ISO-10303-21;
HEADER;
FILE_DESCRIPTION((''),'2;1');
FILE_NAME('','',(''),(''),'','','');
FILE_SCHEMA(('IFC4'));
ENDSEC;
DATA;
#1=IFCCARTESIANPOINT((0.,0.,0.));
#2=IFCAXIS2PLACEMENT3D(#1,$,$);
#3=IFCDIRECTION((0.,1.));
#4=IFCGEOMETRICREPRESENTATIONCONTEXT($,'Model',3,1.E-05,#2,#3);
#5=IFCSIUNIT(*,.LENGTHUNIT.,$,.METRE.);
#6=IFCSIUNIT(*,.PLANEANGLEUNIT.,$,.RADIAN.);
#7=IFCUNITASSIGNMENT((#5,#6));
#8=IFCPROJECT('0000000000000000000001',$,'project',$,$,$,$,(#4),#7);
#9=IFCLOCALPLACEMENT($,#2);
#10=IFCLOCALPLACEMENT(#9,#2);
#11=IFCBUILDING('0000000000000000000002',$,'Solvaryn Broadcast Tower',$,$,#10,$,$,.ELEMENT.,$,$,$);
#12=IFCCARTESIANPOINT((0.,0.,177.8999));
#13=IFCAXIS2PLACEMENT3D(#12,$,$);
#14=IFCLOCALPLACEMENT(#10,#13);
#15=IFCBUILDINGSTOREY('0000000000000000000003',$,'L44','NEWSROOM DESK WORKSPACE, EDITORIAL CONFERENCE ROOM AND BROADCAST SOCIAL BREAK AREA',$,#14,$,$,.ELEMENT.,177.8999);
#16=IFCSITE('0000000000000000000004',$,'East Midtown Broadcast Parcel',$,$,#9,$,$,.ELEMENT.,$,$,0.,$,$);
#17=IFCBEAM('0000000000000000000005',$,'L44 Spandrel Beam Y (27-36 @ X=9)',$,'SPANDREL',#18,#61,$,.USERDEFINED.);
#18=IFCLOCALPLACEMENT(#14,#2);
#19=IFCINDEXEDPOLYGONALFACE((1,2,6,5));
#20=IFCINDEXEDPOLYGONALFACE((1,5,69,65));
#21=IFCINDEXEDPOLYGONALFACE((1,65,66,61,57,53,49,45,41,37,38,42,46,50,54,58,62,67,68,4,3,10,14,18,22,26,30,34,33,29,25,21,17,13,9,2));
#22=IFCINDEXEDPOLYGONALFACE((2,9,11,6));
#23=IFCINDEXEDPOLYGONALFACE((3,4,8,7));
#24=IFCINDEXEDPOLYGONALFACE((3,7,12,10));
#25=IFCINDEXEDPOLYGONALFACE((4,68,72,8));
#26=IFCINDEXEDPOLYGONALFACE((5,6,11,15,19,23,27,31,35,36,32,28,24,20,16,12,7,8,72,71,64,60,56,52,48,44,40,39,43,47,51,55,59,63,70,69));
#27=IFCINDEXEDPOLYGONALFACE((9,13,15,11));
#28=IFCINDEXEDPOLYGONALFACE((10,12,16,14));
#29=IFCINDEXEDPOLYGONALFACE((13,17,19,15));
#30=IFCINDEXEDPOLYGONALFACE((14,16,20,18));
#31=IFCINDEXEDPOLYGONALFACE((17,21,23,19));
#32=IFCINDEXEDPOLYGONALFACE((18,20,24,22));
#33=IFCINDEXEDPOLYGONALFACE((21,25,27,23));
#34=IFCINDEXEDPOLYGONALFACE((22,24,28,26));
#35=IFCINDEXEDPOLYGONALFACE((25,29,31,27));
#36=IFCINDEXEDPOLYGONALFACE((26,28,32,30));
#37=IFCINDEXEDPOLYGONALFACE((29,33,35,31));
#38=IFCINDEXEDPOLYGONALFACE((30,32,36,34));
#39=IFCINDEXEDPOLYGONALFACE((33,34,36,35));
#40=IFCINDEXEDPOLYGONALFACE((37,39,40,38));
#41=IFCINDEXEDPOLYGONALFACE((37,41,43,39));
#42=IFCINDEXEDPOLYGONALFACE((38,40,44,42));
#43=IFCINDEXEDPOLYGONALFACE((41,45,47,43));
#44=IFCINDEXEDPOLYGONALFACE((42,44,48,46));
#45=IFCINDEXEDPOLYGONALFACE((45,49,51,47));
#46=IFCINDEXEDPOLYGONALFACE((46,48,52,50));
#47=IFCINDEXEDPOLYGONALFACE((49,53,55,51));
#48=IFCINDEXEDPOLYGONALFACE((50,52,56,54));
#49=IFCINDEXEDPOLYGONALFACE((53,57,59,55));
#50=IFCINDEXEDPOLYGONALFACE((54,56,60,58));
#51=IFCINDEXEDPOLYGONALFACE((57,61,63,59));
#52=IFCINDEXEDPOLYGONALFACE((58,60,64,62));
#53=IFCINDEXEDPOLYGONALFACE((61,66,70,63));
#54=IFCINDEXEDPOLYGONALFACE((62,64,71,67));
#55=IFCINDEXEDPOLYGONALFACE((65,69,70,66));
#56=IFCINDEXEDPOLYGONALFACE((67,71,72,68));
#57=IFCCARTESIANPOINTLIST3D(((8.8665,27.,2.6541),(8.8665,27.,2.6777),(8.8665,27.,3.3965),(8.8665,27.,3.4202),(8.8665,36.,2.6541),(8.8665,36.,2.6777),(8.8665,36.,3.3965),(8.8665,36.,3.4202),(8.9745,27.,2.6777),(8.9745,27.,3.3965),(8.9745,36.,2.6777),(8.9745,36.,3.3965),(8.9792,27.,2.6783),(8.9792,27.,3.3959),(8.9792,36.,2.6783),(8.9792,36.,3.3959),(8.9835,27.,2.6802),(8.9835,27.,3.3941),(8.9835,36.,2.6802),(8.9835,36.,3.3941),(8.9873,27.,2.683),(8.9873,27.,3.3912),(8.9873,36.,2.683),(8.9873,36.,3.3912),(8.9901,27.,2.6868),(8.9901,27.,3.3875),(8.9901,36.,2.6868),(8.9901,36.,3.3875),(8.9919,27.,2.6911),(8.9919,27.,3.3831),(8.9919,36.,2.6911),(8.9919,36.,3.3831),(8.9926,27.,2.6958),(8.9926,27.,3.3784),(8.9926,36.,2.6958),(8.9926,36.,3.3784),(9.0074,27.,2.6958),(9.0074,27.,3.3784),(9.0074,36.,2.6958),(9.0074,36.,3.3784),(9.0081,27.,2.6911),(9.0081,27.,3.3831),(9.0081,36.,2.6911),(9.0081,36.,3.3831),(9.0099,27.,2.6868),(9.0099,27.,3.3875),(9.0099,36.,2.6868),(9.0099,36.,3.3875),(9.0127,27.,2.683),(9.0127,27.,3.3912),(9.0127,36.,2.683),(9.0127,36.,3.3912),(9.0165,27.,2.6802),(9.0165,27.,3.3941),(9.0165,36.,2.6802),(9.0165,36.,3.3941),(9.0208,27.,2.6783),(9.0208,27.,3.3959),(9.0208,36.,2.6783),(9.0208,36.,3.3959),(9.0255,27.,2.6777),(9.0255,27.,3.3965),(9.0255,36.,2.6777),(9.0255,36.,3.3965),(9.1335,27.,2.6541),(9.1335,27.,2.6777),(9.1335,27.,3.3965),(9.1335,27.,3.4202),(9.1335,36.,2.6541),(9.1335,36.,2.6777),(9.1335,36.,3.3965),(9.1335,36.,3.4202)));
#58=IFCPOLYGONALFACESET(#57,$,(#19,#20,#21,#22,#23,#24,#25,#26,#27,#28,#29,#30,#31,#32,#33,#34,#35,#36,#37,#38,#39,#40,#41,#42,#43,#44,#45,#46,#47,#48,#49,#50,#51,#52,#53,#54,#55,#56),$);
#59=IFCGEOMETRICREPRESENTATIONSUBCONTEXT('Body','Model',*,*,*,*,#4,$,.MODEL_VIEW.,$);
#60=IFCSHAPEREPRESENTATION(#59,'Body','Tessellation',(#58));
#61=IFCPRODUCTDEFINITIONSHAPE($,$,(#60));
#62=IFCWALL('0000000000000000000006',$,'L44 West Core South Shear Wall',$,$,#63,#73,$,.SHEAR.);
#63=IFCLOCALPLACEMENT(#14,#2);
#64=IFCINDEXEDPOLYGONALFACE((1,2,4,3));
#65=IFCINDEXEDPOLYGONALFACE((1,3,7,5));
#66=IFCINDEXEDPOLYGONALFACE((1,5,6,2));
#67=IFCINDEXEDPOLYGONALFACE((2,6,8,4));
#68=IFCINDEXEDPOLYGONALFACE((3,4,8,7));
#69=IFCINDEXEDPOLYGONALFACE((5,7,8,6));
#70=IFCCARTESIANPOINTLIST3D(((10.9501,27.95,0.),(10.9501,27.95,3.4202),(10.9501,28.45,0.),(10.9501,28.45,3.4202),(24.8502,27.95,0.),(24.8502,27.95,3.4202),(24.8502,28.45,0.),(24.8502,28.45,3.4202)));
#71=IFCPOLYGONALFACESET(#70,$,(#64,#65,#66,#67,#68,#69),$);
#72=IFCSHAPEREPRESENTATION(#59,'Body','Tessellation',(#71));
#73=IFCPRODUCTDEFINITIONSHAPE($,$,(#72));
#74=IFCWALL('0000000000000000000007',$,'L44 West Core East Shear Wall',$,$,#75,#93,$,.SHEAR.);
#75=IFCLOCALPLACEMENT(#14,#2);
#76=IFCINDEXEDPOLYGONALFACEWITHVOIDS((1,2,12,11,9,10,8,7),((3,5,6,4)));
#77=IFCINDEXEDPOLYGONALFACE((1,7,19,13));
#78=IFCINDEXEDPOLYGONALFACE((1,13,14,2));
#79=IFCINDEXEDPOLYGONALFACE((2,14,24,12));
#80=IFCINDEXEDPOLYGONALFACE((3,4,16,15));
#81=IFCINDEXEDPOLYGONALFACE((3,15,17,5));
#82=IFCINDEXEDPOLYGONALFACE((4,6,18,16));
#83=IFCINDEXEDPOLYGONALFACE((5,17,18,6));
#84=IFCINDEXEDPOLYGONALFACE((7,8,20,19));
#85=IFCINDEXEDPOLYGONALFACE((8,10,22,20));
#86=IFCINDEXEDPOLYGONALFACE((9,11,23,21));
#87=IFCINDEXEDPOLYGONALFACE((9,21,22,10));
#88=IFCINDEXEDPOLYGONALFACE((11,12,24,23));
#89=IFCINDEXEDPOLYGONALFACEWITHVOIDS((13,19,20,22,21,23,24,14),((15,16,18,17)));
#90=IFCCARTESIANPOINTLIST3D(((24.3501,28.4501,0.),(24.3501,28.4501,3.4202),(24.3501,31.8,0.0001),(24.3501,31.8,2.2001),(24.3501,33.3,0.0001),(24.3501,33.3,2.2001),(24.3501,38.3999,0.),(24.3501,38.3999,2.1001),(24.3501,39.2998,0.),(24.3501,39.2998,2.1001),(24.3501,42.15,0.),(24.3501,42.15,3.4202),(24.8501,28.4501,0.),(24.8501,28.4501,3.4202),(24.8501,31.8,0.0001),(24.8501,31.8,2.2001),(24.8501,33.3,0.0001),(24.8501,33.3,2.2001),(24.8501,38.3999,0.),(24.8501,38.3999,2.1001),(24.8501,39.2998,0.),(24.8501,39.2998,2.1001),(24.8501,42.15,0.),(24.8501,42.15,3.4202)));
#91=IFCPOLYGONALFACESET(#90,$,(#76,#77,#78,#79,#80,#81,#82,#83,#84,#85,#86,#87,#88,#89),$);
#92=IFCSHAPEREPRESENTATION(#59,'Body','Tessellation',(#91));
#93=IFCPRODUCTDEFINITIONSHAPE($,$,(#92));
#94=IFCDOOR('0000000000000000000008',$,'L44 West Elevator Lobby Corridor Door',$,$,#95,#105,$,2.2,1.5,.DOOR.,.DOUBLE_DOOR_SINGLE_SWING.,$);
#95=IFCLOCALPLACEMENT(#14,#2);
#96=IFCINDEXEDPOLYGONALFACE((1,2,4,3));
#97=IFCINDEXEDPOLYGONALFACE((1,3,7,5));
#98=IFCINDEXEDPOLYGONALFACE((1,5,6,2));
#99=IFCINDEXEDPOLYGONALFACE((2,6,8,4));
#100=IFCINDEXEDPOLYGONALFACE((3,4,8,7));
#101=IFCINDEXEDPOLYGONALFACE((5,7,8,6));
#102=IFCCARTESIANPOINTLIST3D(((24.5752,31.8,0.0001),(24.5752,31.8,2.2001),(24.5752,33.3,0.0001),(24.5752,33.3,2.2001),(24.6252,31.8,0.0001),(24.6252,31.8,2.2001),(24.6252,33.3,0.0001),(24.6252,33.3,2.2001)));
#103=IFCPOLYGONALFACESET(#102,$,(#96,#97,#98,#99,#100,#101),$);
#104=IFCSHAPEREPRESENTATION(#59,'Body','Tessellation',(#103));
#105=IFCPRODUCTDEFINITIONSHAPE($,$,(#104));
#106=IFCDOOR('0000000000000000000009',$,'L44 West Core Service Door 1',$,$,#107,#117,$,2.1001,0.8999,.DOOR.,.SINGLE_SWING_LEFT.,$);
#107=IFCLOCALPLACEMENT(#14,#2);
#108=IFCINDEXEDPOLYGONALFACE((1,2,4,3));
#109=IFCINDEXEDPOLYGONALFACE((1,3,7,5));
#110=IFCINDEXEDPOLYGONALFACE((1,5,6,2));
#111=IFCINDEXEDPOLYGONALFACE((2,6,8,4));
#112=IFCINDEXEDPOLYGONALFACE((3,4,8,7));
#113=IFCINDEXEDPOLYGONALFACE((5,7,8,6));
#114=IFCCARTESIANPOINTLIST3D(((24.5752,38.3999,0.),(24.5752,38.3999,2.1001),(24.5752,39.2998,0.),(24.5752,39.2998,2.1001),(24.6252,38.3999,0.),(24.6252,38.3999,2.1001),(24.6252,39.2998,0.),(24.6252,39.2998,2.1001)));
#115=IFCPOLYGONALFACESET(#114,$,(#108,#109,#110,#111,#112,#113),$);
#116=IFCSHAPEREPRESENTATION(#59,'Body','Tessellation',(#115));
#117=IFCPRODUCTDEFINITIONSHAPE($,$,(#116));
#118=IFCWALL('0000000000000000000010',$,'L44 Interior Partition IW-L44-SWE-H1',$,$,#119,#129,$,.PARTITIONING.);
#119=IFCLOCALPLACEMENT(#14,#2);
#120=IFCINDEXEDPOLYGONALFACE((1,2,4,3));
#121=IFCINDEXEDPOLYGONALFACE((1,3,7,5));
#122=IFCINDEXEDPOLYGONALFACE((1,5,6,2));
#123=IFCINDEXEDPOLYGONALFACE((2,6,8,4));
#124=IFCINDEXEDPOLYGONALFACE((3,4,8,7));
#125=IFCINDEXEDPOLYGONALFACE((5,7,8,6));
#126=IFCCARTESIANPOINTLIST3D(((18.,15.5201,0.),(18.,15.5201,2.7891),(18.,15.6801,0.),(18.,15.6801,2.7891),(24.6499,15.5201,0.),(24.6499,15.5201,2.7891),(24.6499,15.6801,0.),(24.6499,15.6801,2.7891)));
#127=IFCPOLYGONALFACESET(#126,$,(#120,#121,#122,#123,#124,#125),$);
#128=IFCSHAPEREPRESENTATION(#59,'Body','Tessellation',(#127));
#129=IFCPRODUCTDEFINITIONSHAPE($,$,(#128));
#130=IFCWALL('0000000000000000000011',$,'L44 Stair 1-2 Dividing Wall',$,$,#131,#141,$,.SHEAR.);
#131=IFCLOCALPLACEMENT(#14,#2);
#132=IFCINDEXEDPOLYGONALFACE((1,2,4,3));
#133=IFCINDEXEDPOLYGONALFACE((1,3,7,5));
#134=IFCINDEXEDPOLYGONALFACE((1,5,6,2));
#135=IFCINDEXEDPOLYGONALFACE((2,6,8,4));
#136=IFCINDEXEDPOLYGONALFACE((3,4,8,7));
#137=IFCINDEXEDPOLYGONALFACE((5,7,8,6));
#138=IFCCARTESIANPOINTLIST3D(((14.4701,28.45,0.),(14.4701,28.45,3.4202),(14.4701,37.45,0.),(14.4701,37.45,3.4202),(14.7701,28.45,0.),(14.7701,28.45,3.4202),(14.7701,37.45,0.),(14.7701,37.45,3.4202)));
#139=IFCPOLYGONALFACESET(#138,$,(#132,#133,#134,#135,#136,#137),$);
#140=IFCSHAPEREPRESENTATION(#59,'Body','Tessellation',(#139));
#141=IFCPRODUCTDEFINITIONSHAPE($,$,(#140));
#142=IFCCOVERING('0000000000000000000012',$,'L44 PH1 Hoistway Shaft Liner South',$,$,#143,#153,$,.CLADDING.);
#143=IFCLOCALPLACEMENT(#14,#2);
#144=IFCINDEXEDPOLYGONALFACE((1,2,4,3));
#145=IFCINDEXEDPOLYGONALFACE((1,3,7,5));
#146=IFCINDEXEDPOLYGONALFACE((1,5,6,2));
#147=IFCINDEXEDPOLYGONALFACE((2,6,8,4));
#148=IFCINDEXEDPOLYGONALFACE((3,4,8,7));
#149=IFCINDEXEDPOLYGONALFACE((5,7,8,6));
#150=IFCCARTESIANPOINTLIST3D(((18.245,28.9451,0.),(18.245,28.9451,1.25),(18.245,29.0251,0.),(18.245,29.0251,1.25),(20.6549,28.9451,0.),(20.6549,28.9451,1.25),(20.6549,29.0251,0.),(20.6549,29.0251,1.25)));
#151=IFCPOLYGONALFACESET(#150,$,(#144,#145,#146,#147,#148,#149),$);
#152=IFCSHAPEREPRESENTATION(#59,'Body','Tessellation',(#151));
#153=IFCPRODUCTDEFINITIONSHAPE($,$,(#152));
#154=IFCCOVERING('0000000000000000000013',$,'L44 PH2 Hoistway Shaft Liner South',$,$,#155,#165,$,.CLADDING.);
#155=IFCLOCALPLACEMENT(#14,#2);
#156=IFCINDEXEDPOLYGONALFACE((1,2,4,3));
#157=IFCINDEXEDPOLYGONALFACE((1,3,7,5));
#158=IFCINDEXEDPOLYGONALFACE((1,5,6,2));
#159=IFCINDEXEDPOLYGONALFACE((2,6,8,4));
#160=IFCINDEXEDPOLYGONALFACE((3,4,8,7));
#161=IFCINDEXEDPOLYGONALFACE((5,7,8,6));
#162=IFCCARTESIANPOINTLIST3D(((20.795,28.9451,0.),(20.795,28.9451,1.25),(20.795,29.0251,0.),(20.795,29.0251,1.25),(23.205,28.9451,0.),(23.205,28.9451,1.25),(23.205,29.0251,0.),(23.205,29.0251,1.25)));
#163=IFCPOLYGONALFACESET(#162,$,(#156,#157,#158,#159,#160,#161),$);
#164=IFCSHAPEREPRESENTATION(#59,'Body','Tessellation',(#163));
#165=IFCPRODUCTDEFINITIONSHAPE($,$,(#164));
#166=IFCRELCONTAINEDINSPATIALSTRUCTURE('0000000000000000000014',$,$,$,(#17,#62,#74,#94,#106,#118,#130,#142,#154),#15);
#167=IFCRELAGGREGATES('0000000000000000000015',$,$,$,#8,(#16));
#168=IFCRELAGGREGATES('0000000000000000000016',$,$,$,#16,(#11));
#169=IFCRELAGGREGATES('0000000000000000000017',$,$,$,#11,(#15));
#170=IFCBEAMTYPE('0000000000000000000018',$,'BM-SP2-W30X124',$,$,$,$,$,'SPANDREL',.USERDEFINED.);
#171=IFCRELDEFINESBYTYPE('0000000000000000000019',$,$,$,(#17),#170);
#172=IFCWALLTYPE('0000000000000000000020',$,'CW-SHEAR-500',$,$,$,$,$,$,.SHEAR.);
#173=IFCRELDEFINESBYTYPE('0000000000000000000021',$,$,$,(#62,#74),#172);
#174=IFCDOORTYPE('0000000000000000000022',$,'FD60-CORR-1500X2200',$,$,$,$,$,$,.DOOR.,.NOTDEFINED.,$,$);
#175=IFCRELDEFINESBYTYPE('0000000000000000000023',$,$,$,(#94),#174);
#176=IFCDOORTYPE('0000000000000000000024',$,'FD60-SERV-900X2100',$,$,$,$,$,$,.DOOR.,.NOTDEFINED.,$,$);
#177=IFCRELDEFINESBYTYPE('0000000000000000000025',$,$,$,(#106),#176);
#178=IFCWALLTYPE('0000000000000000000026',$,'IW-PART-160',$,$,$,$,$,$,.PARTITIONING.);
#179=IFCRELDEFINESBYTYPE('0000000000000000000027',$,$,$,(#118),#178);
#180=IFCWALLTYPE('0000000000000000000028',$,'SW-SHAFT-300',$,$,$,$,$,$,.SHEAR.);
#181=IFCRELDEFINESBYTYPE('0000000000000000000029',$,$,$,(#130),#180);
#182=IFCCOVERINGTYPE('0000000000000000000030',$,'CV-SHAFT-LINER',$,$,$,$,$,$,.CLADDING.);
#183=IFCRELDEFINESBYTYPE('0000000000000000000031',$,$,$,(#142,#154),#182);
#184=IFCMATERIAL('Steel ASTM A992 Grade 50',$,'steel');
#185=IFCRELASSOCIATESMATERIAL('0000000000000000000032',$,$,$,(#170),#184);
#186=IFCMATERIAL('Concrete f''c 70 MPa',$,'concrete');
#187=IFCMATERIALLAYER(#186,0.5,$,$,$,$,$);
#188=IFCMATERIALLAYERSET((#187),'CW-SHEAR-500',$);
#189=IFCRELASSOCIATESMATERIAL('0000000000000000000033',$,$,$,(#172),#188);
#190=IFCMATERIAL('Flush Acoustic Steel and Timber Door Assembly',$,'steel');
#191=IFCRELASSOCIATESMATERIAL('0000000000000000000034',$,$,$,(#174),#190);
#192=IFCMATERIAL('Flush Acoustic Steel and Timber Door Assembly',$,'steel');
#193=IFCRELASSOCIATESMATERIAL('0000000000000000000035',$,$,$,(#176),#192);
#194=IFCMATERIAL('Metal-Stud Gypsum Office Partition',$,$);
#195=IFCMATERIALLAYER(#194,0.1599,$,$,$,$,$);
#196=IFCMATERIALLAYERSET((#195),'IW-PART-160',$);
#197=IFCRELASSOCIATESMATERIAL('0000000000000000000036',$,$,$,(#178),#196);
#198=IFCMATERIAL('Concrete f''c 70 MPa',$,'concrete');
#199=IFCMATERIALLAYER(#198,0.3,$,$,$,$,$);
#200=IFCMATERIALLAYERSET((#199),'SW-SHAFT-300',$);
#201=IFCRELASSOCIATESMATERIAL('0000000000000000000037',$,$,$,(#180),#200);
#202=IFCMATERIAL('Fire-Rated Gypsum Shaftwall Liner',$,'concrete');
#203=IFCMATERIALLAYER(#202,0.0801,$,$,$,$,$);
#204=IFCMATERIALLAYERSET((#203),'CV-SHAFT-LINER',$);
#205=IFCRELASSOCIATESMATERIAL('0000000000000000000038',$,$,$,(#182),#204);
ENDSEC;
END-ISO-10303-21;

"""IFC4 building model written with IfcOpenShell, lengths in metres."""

from ifc_helpers import new_model, si_unit, direction, frame, frame_2d, origin, origin_2d, place, context, subcontext, project, spatial, rectangle, i_section, extrude, material, layer, layer_set, material_profile, profile_set, type_object, element, fill, save


model = new_model("IFC4")

# Units and contexts
model_context = context("Model", 3, precision=1e-05, world=origin(), true_north=direction((0.0, 1.0)))
body_context = subcontext(model_context, "Body", "Model", "MODEL_VIEW")
ifc_project = project(units=[si_unit("LENGTHUNIT", "METRE"), si_unit("PLANEANGLEUNIT", "RADIAN")], contexts=[model_context])

# Site, building, storey
site_placement = place(None, origin())
site = spatial("IfcSite", under=ifc_project, at=site_placement, Name="East Midtown Broadcast Parcel", CompositionType="ELEMENT", RefElevation=0.0)
building_placement = place(site_placement, origin())
building = spatial("IfcBuilding", under=site, at=building_placement, Name="Solvaryn Broadcast Tower", CompositionType="ELEMENT")
storey_placement = place(building_placement, frame((0.0, 0.0, 177.8999)))
storey = spatial("IfcBuildingStorey", under=building, at=storey_placement, Name="L44", Description="NEWSROOM DESK WORKSPACE, EDITORIAL CONFERENCE ROOM AND BROADCAST SOCIAL BREAK AREA", CompositionType="ELEMENT", Elevation=177.8999)

# Beam
ifc_material_1 = material(Name="Steel ASTM A992 Grade 50", Category="steel")
ifc_material_profile_1 = material_profile(ifc_material_1, i_section(OverallWidth=0.2671, OverallDepth=0.7661, WebThickness=0.0149, FlangeThickness=0.0237, FilletRadius=0.0181, at=origin_2d()))
ifc_profile_set_1 = profile_set([ifc_material_profile_1], Name="Steel ASTM A992 Grade 50")
beam_type_1 = type_object("IfcBeamType", Name="BM-SP2-W30X124", ElementType="SPANDREL", PredefinedType="USERDEFINED", material=ifc_profile_set_1)
beam_1_placement = place(storey_placement, frame((9.0, 27.0, 3.0371), z_axis=(0.0, 1.0, 0.0), x_axis=(-1.0, 0.0, 0.0)))
element("IfcBeam", 1, at=beam_1_placement, inside=storey, type_object=beam_type_1, Name="L44 Spandrel Beam Y (27-36 @ X=9)", ObjectType="SPANDREL", PredefinedType="USERDEFINED", context=body_context, shape_type="SweptSolid", body=[
    extrude(i_section(OverallWidth=0.2671, OverallDepth=0.7661, WebThickness=0.0149, FlangeThickness=0.0237, FilletRadius=0.0181, at=origin_2d()), origin(), (0.0, 0.0, 1.0), 9.0),
])

# Wall
ifc_material_2 = material(Name="Concrete f'c 70 MPa", Category="concrete")
ifc_layer_1 = layer(ifc_material_2, 0.5)
ifc_layer_set_1 = layer_set([ifc_layer_1], Name="CW-SHEAR-500")
wall_type_1 = type_object("IfcWallType", Name="CW-SHEAR-500", PredefinedType="SHEAR", material=ifc_layer_set_1)
wall_1_placement = place(storey_placement, frame((10.95, 28.2, 0.0), z_axis=(0.0, 0.0, 1.0), x_axis=(1.0, 0.0, 0.0)))
element("IfcWall", 2, at=wall_1_placement, inside=storey, type_object=wall_type_1, Name="L44 West Core South Shear Wall", PredefinedType="SHEAR", context=body_context, shape_type="SweptSolid", body=[
    extrude(rectangle(XDim=13.9001, YDim=0.5, at=frame_2d((6.9502, 0.0))), origin(), (0.0, 0.0, 1.0), 3.4202),
])

# Wall, openings, doors
wall_2_placement = place(storey_placement, frame((24.6001, 28.45, 0.0), z_axis=(0.0, 0.0, 1.0), x_axis=(0.0, 1.0, 0.0)))
wall_2 = element("IfcWall", 3, at=wall_2_placement, inside=storey, type_object=wall_type_1, Name="L44 West Core East Shear Wall", PredefinedType="SHEAR", context=body_context, shape_type="SweptSolid", body=[
    extrude(rectangle(XDim=13.7, YDim=0.5, at=frame_2d((6.8501, 0.0))), origin(), (0.0, 0.0, 1.0), 3.4202),
])
opening_1_placement = place(wall_2_placement, frame((3.3501, 0.0, 0.0)))
opening_1 = element("IfcOpeningElement", 4, at=opening_1_placement, cuts=wall_2, PredefinedType="OPENING", context=body_context, shape_type="SweptSolid", body=[
    extrude(rectangle(XDim=1.5, YDim=2.2, at=frame_2d((0.75, 1.1001))), frame((0.0, 0.26, 0.0), z_axis=(0.0, -1.0, 0.0), x_axis=(1.0, 0.0, 0.0)), (0.0, 0.0, 1.0), 0.52),
])
opening_2_placement = place(wall_2_placement, frame((9.95, 0.0, 0.0)))
opening_2 = element("IfcOpeningElement", 5, at=opening_2_placement, cuts=wall_2, PredefinedType="OPENING", context=body_context, shape_type="SweptSolid", body=[
    extrude(rectangle(XDim=0.8999, YDim=2.1001, at=frame_2d((0.45, 1.05))), frame((0.0, 0.26, 0.0), z_axis=(0.0, -1.0, 0.0), x_axis=(1.0, 0.0, 0.0)), (0.0, 0.0, 1.0), 0.52),
])
ifc_material_3 = material(Name="Flush Acoustic Steel and Timber Door Assembly", Category="steel")
door_type_1 = type_object("IfcDoorType", Name="FD60-CORR-1500X2200", OperationType="NOTDEFINED", PredefinedType="DOOR", material=ifc_material_3)
door_1_placement = place(opening_1_placement, origin())
door_1 = element("IfcDoor", 6, at=door_1_placement, inside=storey, type_object=door_type_1, Name="L44 West Elevator Lobby Corridor Door", OperationType="DOUBLE_DOOR_SINGLE_SWING", OverallHeight=2.2, OverallWidth=1.5, PredefinedType="DOOR", context=body_context, shape_type="SweptSolid", body=[
    extrude(rectangle(XDim=1.5, YDim=2.2, at=frame_2d((0.75, 1.1001))), frame((0.0, 0.0249, 0.0), z_axis=(0.0, -1.0, 0.0), x_axis=(1.0, 0.0, 0.0)), (0.0, 0.0, 1.0), 0.05),
])
fill(opening_1, door_1)
ifc_material_4 = material(Name="Flush Acoustic Steel and Timber Door Assembly", Category="steel")
door_type_2 = type_object("IfcDoorType", Name="FD60-SERV-900X2100", OperationType="NOTDEFINED", PredefinedType="DOOR", material=ifc_material_4)
door_2_placement = place(opening_2_placement, origin())
door_2 = element("IfcDoor", 7, at=door_2_placement, inside=storey, type_object=door_type_2, Name="L44 West Core Service Door 1", OperationType="SINGLE_SWING_LEFT", OverallHeight=2.1001, OverallWidth=0.8999, PredefinedType="DOOR", context=body_context, shape_type="SweptSolid", body=[
    extrude(rectangle(XDim=0.8999, YDim=2.1001, at=frame_2d((0.45, 1.05))), frame((0.0, 0.0249, 0.0), z_axis=(0.0, -1.0, 0.0), x_axis=(1.0, 0.0, 0.0)), (0.0, 0.0, 1.0), 0.05),
])
fill(opening_2, door_2)

# Shared definitions
ifc_material_5 = material(Name="Metal-Stud Gypsum Office Partition")
ifc_layer_2 = layer(ifc_material_5, 0.1599)
ifc_layer_set_2 = layer_set([ifc_layer_2], Name="IW-PART-160")
wall_type_2 = type_object("IfcWallType", Name="IW-PART-160", PredefinedType="PARTITIONING", material=ifc_layer_set_2)

# Walls
wall_3_placement = place(storey_placement, frame((18.0, 15.6001, 0.0), z_axis=(0.0, 0.0, 1.0), x_axis=(1.0, 0.0, 0.0)))
element("IfcWall", 8, at=wall_3_placement, inside=storey, type_object=wall_type_2, Name="L44 Interior Partition IW-L44-SWE-H1", PredefinedType="PARTITIONING", context=body_context, shape_type="SweptSolid", body=[
    extrude(rectangle(XDim=6.6499, YDim=0.1599, at=frame_2d((3.325, 0.0))), origin(), (0.0, 0.0, 1.0), 2.7891),
])
ifc_material_6 = material(Name="Concrete f'c 70 MPa", Category="concrete")
ifc_layer_3 = layer(ifc_material_6, 0.3)
ifc_layer_set_3 = layer_set([ifc_layer_3], Name="SW-SHAFT-300")
wall_type_3 = type_object("IfcWallType", Name="SW-SHAFT-300", PredefinedType="SHEAR", material=ifc_layer_set_3)
wall_4_placement = place(storey_placement, frame((14.6201, 28.45, 0.0), z_axis=(0.0, 0.0, 1.0), x_axis=(0.0, 1.0, 0.0)))
element("IfcWall", 9, at=wall_4_placement, inside=storey, type_object=wall_type_3, Name="L44 Stair 1-2 Dividing Wall", PredefinedType="SHEAR", context=body_context, shape_type="SweptSolid", body=[
    extrude(rectangle(XDim=9.0, YDim=0.3, at=frame_2d((4.5, 0.0))), origin(), (0.0, 0.0, 1.0), 3.4202),
])

# Coverings
ifc_material_7 = material(Name="Fire-Rated Gypsum Shaftwall Liner", Category="concrete")
ifc_layer_4 = layer(ifc_material_7, 0.0801)
ifc_layer_set_4 = layer_set([ifc_layer_4], Name="CV-SHAFT-LINER")
covering_type = type_object("IfcCoveringType", Name="CV-SHAFT-LINER", PredefinedType="CLADDING", material=ifc_layer_set_4)
for number, where, z_axis, x_axis, name in (
    (10, (19.45, 28.9851, 0.0), (0.0, 0.0, 1.0), (1.0, 0.0, 0.0), "L44 PH1 Hoistway Shaft Liner South"),
    (11, (22.0, 28.9851, 0.0), (0.0, 0.0, 1.0), (1.0, 0.0, 0.0), "L44 PH2 Hoistway Shaft Liner South"),
):
    element("IfcCovering", number, at=place(storey_placement, frame(where, z_axis=z_axis, x_axis=x_axis)), inside=storey, type_object=covering_type, Name=name, PredefinedType="CLADDING", context=body_context, shape_type="SweptSolid", body=[
        extrude(rectangle(XDim=2.4099, YDim=0.0801, at=origin_2d()), origin(), (0.0, 0.0, 1.0), 1.25),
    ])

save(model, "model.ifc")
